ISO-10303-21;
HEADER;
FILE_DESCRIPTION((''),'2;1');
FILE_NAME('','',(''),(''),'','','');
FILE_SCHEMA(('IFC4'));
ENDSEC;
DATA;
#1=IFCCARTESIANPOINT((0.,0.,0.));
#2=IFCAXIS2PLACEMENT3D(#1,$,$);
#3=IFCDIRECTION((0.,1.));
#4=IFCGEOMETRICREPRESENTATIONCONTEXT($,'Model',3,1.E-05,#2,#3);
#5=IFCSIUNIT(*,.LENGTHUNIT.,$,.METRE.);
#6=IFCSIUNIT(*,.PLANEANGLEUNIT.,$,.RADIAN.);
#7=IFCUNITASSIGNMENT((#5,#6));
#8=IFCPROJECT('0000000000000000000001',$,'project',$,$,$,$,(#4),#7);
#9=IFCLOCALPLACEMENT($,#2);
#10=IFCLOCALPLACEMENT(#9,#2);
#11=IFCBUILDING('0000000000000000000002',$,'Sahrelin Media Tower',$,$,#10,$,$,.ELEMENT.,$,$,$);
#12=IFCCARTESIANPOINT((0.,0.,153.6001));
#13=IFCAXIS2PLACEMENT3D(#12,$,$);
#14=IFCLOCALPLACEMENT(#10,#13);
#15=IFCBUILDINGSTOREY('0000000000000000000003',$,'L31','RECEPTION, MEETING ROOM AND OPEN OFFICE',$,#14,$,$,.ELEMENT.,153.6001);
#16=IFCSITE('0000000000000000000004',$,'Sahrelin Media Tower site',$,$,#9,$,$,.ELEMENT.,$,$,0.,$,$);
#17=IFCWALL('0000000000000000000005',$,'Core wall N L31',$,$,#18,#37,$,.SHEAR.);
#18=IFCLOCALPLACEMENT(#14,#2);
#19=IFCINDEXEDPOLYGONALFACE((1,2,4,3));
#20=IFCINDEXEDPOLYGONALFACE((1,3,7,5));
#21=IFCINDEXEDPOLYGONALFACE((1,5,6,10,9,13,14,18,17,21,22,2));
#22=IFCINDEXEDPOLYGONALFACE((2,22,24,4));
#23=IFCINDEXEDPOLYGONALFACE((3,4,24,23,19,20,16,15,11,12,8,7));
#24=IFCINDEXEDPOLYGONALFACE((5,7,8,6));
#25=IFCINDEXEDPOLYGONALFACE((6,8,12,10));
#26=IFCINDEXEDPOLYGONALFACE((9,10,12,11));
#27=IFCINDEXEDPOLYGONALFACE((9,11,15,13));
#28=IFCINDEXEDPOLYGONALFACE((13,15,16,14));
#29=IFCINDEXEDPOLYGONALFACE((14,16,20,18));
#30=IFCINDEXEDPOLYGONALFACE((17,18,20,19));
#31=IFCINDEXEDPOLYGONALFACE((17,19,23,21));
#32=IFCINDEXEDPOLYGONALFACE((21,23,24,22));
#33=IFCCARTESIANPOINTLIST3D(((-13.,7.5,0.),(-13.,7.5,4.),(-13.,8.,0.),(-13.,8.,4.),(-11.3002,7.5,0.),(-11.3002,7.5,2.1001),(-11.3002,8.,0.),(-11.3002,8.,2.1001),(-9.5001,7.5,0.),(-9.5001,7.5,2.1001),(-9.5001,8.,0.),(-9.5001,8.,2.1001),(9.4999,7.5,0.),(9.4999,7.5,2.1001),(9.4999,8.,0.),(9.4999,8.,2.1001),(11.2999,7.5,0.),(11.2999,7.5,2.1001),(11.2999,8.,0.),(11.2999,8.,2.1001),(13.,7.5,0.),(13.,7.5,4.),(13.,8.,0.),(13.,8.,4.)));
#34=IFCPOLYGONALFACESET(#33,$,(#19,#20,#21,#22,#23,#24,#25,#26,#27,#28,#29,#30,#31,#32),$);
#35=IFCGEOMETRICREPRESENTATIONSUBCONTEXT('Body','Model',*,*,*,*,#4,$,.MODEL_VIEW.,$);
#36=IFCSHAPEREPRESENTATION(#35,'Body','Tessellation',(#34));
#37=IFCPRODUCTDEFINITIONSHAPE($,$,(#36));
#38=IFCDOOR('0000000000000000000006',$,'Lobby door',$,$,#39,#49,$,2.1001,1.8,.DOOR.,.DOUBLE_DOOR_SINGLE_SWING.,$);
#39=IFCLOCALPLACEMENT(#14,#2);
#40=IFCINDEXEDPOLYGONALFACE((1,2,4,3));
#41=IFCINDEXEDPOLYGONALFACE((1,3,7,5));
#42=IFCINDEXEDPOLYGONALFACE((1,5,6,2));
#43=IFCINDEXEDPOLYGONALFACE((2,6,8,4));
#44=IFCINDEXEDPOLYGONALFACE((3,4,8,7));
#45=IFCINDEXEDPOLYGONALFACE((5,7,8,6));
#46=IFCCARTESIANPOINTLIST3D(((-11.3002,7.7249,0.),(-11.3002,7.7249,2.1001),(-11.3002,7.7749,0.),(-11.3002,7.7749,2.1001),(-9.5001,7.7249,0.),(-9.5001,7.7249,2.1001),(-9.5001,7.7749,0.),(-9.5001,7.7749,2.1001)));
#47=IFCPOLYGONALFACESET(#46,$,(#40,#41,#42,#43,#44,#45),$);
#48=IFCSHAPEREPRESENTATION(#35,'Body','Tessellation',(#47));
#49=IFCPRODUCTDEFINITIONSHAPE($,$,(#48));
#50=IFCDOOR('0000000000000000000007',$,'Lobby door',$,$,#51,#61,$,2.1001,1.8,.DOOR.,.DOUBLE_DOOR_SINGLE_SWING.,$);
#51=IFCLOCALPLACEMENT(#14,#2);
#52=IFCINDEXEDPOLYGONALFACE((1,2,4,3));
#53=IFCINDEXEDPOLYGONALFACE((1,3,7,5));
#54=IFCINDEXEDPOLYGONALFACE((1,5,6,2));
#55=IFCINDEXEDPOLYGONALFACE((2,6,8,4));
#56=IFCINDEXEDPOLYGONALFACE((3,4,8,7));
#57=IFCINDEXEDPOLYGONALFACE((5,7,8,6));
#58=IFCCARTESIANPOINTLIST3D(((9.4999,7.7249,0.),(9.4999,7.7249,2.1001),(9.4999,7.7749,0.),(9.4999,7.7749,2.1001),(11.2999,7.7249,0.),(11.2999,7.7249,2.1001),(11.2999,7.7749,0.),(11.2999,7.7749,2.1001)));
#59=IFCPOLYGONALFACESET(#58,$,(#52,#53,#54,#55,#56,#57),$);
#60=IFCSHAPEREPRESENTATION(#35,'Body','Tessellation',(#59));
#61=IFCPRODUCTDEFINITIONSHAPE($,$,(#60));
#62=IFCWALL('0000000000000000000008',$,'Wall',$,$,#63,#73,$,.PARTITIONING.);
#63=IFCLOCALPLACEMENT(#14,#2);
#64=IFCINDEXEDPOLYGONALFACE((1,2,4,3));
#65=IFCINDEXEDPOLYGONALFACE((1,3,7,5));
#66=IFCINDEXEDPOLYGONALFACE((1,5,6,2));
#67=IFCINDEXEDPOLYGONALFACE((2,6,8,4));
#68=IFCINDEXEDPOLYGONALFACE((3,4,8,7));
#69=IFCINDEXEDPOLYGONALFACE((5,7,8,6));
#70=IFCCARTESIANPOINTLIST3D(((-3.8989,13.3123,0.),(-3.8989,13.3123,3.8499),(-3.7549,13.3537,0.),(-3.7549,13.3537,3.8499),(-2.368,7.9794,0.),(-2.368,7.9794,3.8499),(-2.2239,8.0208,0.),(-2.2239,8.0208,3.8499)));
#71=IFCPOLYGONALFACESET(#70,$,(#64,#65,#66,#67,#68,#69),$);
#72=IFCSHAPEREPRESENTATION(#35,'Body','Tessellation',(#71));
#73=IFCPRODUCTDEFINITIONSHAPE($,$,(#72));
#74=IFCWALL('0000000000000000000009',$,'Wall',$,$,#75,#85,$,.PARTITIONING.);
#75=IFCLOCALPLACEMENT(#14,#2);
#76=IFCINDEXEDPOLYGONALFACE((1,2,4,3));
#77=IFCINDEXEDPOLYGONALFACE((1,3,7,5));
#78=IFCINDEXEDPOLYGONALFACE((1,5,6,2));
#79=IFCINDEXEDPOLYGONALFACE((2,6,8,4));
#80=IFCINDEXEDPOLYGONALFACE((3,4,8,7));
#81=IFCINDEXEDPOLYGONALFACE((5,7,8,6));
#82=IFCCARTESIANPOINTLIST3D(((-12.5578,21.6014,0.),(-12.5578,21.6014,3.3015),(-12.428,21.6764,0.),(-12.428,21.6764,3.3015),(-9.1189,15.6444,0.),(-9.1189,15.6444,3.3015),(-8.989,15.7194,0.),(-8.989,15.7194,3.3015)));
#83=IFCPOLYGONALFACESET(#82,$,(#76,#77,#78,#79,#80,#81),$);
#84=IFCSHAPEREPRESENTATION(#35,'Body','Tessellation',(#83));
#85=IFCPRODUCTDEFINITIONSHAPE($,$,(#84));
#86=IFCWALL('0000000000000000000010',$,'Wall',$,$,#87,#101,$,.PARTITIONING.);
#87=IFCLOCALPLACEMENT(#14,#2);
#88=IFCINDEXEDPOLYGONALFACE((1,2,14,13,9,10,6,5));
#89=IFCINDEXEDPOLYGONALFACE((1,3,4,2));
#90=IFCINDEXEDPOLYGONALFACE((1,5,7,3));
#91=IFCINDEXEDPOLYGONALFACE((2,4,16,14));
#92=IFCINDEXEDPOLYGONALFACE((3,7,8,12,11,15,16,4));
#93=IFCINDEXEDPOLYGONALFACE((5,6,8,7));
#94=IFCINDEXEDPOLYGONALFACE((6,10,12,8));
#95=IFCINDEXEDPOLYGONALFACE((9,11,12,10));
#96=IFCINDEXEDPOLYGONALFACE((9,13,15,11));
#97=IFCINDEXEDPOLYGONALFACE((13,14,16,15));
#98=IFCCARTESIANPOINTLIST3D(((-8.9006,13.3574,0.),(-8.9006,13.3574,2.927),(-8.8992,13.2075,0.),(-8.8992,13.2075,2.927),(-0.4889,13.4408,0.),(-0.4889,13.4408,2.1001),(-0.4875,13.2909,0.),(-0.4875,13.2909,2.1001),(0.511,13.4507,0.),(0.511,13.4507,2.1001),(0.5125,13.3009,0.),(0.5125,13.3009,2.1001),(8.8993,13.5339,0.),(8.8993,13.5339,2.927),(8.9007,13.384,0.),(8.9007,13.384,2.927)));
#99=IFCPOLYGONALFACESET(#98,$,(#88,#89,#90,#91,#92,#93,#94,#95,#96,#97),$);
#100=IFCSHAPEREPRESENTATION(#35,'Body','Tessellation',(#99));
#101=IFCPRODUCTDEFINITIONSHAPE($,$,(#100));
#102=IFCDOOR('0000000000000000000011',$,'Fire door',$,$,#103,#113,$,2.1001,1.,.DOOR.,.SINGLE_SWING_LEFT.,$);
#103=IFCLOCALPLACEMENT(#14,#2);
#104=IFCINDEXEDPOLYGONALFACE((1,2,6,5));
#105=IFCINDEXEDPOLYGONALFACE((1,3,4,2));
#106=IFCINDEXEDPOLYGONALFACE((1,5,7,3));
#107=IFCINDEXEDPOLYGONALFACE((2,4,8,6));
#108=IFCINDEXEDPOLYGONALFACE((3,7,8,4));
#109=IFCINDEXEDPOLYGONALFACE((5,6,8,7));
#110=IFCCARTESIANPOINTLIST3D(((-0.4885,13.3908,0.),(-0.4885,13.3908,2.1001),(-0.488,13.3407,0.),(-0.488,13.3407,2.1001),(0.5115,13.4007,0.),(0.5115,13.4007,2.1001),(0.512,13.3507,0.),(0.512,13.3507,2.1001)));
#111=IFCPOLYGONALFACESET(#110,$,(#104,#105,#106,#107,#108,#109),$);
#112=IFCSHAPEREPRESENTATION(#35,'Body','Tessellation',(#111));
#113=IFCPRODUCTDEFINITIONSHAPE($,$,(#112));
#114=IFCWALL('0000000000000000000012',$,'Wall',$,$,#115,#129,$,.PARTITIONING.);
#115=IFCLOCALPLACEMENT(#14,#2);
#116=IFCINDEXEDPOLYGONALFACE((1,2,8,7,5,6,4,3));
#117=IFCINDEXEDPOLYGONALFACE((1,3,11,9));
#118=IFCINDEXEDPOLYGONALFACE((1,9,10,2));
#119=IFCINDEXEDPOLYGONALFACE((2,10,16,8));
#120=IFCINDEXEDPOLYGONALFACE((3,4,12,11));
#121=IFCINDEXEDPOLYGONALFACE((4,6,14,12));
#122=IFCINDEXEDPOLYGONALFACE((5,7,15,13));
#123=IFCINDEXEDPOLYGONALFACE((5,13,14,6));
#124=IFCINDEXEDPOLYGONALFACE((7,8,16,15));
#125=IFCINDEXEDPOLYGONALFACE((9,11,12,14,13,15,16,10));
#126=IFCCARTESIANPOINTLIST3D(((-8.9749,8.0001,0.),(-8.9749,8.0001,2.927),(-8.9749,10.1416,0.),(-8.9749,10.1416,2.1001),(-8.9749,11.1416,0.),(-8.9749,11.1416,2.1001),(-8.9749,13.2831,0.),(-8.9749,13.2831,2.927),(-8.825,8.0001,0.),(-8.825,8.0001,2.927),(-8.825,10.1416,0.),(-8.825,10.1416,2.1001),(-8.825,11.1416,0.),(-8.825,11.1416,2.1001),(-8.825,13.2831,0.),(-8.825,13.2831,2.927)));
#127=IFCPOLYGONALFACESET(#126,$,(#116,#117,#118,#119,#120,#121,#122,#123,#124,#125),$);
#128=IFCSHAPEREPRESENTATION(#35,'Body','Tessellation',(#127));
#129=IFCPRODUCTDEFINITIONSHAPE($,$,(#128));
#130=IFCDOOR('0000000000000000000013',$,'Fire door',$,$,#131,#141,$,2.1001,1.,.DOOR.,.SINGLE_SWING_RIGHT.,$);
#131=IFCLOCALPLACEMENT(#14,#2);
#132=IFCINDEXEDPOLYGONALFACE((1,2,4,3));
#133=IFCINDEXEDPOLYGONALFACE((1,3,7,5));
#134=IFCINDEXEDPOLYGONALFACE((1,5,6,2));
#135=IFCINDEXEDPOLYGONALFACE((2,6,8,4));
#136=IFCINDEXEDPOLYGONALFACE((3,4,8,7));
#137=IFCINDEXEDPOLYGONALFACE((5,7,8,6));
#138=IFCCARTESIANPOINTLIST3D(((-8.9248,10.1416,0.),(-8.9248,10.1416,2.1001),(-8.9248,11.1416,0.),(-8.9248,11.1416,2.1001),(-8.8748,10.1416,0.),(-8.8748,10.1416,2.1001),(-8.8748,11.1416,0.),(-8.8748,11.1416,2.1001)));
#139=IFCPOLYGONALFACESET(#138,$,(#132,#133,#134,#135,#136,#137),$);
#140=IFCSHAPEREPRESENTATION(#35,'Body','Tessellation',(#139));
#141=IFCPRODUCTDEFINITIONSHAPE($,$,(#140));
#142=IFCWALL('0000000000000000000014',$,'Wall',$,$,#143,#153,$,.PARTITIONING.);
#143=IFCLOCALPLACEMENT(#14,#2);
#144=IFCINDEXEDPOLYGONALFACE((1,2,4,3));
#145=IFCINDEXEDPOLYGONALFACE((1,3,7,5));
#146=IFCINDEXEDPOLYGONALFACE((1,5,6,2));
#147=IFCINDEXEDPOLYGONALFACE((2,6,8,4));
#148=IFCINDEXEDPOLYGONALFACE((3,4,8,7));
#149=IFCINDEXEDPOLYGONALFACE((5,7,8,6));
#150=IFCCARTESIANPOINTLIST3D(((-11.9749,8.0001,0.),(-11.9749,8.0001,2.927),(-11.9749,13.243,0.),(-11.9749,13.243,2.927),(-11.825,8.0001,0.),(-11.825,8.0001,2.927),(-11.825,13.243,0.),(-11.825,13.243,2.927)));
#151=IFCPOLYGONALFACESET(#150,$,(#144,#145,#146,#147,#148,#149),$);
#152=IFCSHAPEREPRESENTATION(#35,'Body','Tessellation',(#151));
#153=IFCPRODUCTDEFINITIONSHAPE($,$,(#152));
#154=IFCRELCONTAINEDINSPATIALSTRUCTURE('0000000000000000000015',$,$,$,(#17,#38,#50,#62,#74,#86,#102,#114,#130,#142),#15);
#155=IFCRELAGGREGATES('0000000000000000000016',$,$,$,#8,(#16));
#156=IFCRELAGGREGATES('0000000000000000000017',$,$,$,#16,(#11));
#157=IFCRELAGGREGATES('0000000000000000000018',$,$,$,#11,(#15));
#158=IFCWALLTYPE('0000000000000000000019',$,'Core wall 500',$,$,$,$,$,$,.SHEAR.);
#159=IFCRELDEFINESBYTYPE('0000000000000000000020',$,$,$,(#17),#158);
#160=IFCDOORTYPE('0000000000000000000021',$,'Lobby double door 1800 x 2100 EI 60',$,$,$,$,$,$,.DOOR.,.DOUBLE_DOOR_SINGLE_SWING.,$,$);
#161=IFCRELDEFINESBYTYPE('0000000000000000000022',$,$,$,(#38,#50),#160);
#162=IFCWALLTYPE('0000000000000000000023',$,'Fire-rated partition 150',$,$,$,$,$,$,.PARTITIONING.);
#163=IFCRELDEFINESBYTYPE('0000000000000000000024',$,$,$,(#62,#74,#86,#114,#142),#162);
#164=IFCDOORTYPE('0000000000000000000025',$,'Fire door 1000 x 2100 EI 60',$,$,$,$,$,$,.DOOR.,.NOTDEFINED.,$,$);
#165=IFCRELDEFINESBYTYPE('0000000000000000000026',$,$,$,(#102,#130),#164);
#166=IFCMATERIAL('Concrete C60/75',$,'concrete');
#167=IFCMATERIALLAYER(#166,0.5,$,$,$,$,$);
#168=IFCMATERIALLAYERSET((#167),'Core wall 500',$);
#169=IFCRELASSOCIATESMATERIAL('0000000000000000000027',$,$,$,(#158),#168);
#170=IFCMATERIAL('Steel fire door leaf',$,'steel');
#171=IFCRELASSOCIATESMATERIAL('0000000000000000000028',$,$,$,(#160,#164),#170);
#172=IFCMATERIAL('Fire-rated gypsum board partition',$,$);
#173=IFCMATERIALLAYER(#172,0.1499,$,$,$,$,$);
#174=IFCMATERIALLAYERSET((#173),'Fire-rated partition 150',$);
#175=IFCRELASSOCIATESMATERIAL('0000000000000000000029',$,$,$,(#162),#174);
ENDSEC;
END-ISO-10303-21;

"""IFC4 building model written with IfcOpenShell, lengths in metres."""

from ifc_helpers import new_model, si_unit, direction, frame, frame_2d, origin, place, context, subcontext, project, spatial, rectangle, extrude, material, layer, layer_set, type_object, element, fill, save


model = new_model("IFC4")

# Units and contexts
model_context = context("Model", 3, precision=1e-05, world=origin(), true_north=direction((0.0, 1.0)))
body_context = subcontext(model_context, "Body", "Model", "MODEL_VIEW")
ifc_project = project(units=[si_unit("LENGTHUNIT", "METRE"), si_unit("PLANEANGLEUNIT", "RADIAN")], contexts=[model_context])

# Site, building, storey
site_placement = place(None, origin())
site = spatial("IfcSite", under=ifc_project, at=site_placement, Name="Sahrelin Media Tower site", CompositionType="ELEMENT", RefElevation=0.0)
building_placement = place(site_placement, origin())
building = spatial("IfcBuilding", under=site, at=building_placement, Name="Sahrelin Media Tower", CompositionType="ELEMENT")
storey_placement = place(building_placement, frame((0.0, 0.0, 153.6001)))
storey = spatial("IfcBuildingStorey", under=building, at=storey_placement, Name="L31", Description="RECEPTION, MEETING ROOM AND OPEN OFFICE", CompositionType="ELEMENT", Elevation=153.6001)

# Wall, openings, doors
ifc_material_1 = material(Name="Concrete C60/75", Category="concrete")
ifc_layer_1 = layer(ifc_material_1, 0.5)
ifc_layer_set_1 = layer_set([ifc_layer_1], Name="Core wall 500")
wall_type_1 = type_object("IfcWallType", Name="Core wall 500", PredefinedType="SHEAR", material=ifc_layer_set_1)
wall_1_placement = place(storey_placement, frame((-13.0, 7.75, 0.0), z_axis=(0.0, 0.0, 1.0), x_axis=(1.0, 0.0, 0.0)))
wall_1 = element("IfcWall", 1, at=wall_1_placement, inside=storey, type_object=wall_type_1, Name="Core wall N L31", PredefinedType="SHEAR", context=body_context, shape_type="SweptSolid", body=[
    extrude(rectangle(XDim=26.0, YDim=0.5, at=frame_2d((13.0, 0.0))), origin(), (0.0, 0.0, 1.0), 4.0),
])
opening_1_placement = place(wall_1_placement, frame((1.7, 0.0, 0.0)))
opening_1 = element("IfcOpeningElement", 2, at=opening_1_placement, cuts=wall_1, PredefinedType="OPENING", context=body_context, shape_type="SweptSolid", body=[
    extrude(rectangle(XDim=1.8, YDim=2.1001, at=frame_2d((0.8999, 1.05))), frame((0.0, 0.25, 0.0), z_axis=(0.0, -1.0, 0.0), x_axis=(1.0, 0.0, 0.0)), (0.0, 0.0, 1.0), 0.5),
])
opening_2_placement = place(wall_1_placement, frame((22.5, 0.0, 0.0)))
opening_2 = element("IfcOpeningElement", 3, at=opening_2_placement, cuts=wall_1, PredefinedType="OPENING", context=body_context, shape_type="SweptSolid", body=[
    extrude(rectangle(XDim=1.8, YDim=2.1001, at=frame_2d((0.8999, 1.05))), frame((0.0, 0.25, 0.0), z_axis=(0.0, -1.0, 0.0), x_axis=(1.0, 0.0, 0.0)), (0.0, 0.0, 1.0), 0.5),
])
ifc_material_2 = material(Name="Steel fire door leaf", Category="steel")
door_type_1 = type_object("IfcDoorType", Name="Lobby double door 1800 x 2100 EI 60", OperationType="DOUBLE_DOOR_SINGLE_SWING", PredefinedType="DOOR", material=ifc_material_2)
door_1_placement = place(opening_1_placement, origin())
door_1 = element("IfcDoor", 4, at=door_1_placement, inside=storey, type_object=door_type_1, Name="Lobby door", OperationType="DOUBLE_DOOR_SINGLE_SWING", OverallHeight=2.1001, OverallWidth=1.8, PredefinedType="DOOR", context=body_context, shape_type="SweptSolid", body=[
    extrude(rectangle(XDim=1.8, YDim=2.1001, at=frame_2d((0.8999, 1.05))), frame((0.0, 0.0249, 0.0), z_axis=(0.0, -1.0, 0.0), x_axis=(1.0, 0.0, 0.0)), (0.0, 0.0, 1.0), 0.05),
])
fill(opening_1, door_1)
door_2_placement = place(opening_2_placement, origin())
door_2 = element("IfcDoor", 5, at=door_2_placement, inside=storey, type_object=door_type_1, Name="Lobby door", OperationType="DOUBLE_DOOR_SINGLE_SWING", OverallHeight=2.1001, OverallWidth=1.8, PredefinedType="DOOR", context=body_context, shape_type="SweptSolid", body=[
    extrude(rectangle(XDim=1.8, YDim=2.1001, at=frame_2d((0.8999, 1.05))), frame((0.0, 0.0249, 0.0), z_axis=(0.0, -1.0, 0.0), x_axis=(1.0, 0.0, 0.0)), (0.0, 0.0, 1.0), 0.05),
])
fill(opening_2, door_2)

# Walls
ifc_material_3 = material(Name="Fire-rated gypsum board partition")
ifc_layer_2 = layer(ifc_material_3, 0.1499)
ifc_layer_set_2 = layer_set([ifc_layer_2], Name="Fire-rated partition 150")
wall_type_2 = type_object("IfcWallType", Name="Fire-rated partition 150", PredefinedType="PARTITIONING", material=ifc_layer_set_2)
wall_2_placement = place(storey_placement, frame((-3.8269, 13.333, 0.0), z_axis=(0.0, 0.0, 1.0), x_axis=(0.275936, -0.961176, 0.0)))
element("IfcWall", 6, at=wall_2_placement, inside=storey, type_object=wall_type_2, Name="Wall", PredefinedType="PARTITIONING", context=body_context, shape_type="SweptSolid", body=[
    extrude(rectangle(XDim=5.5483, YDim=0.1499, at=frame_2d((2.7742, 0.0))), origin(), (0.0, 0.0, 1.0), 3.8499),
])
wall_3_placement = place(storey_placement, frame((-12.4929, 21.6389, 0.0), z_axis=(0.0, 0.0, 1.0), x_axis=(0.499964, -0.866046, 0.0)))
element("IfcWall", 7, at=wall_3_placement, inside=storey, type_object=wall_type_2, Name="Wall", PredefinedType="PARTITIONING", context=body_context, shape_type="SweptSolid", body=[
    extrude(rectangle(XDim=6.8784, YDim=0.1499, at=frame_2d((3.4392, 0.0))), origin(), (0.0, 0.0, 1.0), 3.3015),
])

# Walls, openings, doors
wall_4_placement = place(storey_placement, frame((-8.8999, 13.2825, 0.0), z_axis=(0.0, 0.0, 1.0), x_axis=(0.999951, 0.009916, 0.0)))
wall_4 = element("IfcWall", 8, at=wall_4_placement, inside=storey, type_object=wall_type_2, Name="Wall", PredefinedType="PARTITIONING", context=body_context, shape_type="SweptSolid", body=[
    extrude(rectangle(XDim=17.8008, YDim=0.1499, at=frame_2d((8.9004, 0.0))), origin(), (0.0, 0.0, 1.0), 2.927),
])
opening_3_placement = place(wall_4_placement, frame((8.4121, 0.0, 0.0)))
opening_3 = element("IfcOpeningElement", 9, at=opening_3_placement, cuts=wall_4, PredefinedType="OPENING", context=body_context, shape_type="SweptSolid", body=[
    extrude(rectangle(XDim=1.0, YDim=2.1001, at=frame_2d((0.5, 1.05))), frame((0.0, 0.075, 0.0), z_axis=(0.0, -1.0, 0.0), x_axis=(1.0, 0.0, 0.0)), (0.0, 0.0, 1.0), 0.1499),
])
door_type_2 = type_object("IfcDoorType", Name="Fire door 1000 x 2100 EI 60", OperationType="NOTDEFINED", PredefinedType="DOOR", material=ifc_material_2)
door_3_placement = place(opening_3_placement, origin())
door_3 = element("IfcDoor", 10, at=door_3_placement, inside=storey, type_object=door_type_2, Name="Fire door", OperationType="SINGLE_SWING_LEFT", OverallHeight=2.1001, OverallWidth=1.0, PredefinedType="DOOR", context=body_context, shape_type="SweptSolid", body=[
    extrude(rectangle(XDim=1.0, YDim=2.1001, at=frame_2d((0.5, 1.05))), frame((0.0, 0.0249, 0.0), z_axis=(0.0, -1.0, 0.0), x_axis=(1.0, 0.0, 0.0)), (0.0, 0.0, 1.0), 0.05),
])
fill(opening_3, door_3)
wall_5_placement = place(storey_placement, frame((-8.8999, 8.0, 0.0), z_axis=(0.0, 0.0, 1.0), x_axis=(0.0, 1.0, 0.0)))
wall_5 = element("IfcWall", 11, at=wall_5_placement, inside=storey, type_object=wall_type_2, Name="Wall", PredefinedType="PARTITIONING", context=body_context, shape_type="SweptSolid", body=[
    extrude(rectangle(XDim=5.283, YDim=0.1499, at=frame_2d((2.6416, 0.0))), origin(), (0.0, 0.0, 1.0), 2.927),
])
opening_4_placement = place(wall_5_placement, frame((2.1416, 0.0, 0.0)))
opening_4 = element("IfcOpeningElement", 12, at=opening_4_placement, cuts=wall_5, PredefinedType="OPENING", context=body_context, shape_type="SweptSolid", body=[
    extrude(rectangle(XDim=1.0, YDim=2.1001, at=frame_2d((0.5, 1.05))), frame((0.0, 0.075, 0.0), z_axis=(0.0, -1.0, 0.0), x_axis=(1.0, 0.0, 0.0)), (0.0, 0.0, 1.0), 0.1499),
])
door_4_placement = place(opening_4_placement, origin())
door_4 = element("IfcDoor", 13, at=door_4_placement, inside=storey, type_object=door_type_2, Name="Fire door", OperationType="SINGLE_SWING_RIGHT", OverallHeight=2.1001, OverallWidth=1.0, PredefinedType="DOOR", context=body_context, shape_type="SweptSolid", body=[
    extrude(rectangle(XDim=1.0, YDim=2.1001, at=frame_2d((0.5, 1.05))), frame((0.0, 0.0249, 0.0), z_axis=(0.0, -1.0, 0.0), x_axis=(1.0, 0.0, 0.0)), (0.0, 0.0, 1.0), 0.05),
])
fill(opening_4, door_4)

# Wall
wall_6_placement = place(storey_placement, frame((-11.8999, 8.0, 0.0), z_axis=(0.0, 0.0, 1.0), x_axis=(0.0, 1.0, 0.0)))
element("IfcWall", 14, at=wall_6_placement, inside=storey, type_object=wall_type_2, Name="Wall", PredefinedType="PARTITIONING", context=body_context, shape_type="SweptSolid", body=[
    extrude(rectangle(XDim=5.2429, YDim=0.1499, at=frame_2d((2.6216, 0.0))), origin(), (0.0, 0.0, 1.0), 2.927),
])

save(model, "model.ifc")
